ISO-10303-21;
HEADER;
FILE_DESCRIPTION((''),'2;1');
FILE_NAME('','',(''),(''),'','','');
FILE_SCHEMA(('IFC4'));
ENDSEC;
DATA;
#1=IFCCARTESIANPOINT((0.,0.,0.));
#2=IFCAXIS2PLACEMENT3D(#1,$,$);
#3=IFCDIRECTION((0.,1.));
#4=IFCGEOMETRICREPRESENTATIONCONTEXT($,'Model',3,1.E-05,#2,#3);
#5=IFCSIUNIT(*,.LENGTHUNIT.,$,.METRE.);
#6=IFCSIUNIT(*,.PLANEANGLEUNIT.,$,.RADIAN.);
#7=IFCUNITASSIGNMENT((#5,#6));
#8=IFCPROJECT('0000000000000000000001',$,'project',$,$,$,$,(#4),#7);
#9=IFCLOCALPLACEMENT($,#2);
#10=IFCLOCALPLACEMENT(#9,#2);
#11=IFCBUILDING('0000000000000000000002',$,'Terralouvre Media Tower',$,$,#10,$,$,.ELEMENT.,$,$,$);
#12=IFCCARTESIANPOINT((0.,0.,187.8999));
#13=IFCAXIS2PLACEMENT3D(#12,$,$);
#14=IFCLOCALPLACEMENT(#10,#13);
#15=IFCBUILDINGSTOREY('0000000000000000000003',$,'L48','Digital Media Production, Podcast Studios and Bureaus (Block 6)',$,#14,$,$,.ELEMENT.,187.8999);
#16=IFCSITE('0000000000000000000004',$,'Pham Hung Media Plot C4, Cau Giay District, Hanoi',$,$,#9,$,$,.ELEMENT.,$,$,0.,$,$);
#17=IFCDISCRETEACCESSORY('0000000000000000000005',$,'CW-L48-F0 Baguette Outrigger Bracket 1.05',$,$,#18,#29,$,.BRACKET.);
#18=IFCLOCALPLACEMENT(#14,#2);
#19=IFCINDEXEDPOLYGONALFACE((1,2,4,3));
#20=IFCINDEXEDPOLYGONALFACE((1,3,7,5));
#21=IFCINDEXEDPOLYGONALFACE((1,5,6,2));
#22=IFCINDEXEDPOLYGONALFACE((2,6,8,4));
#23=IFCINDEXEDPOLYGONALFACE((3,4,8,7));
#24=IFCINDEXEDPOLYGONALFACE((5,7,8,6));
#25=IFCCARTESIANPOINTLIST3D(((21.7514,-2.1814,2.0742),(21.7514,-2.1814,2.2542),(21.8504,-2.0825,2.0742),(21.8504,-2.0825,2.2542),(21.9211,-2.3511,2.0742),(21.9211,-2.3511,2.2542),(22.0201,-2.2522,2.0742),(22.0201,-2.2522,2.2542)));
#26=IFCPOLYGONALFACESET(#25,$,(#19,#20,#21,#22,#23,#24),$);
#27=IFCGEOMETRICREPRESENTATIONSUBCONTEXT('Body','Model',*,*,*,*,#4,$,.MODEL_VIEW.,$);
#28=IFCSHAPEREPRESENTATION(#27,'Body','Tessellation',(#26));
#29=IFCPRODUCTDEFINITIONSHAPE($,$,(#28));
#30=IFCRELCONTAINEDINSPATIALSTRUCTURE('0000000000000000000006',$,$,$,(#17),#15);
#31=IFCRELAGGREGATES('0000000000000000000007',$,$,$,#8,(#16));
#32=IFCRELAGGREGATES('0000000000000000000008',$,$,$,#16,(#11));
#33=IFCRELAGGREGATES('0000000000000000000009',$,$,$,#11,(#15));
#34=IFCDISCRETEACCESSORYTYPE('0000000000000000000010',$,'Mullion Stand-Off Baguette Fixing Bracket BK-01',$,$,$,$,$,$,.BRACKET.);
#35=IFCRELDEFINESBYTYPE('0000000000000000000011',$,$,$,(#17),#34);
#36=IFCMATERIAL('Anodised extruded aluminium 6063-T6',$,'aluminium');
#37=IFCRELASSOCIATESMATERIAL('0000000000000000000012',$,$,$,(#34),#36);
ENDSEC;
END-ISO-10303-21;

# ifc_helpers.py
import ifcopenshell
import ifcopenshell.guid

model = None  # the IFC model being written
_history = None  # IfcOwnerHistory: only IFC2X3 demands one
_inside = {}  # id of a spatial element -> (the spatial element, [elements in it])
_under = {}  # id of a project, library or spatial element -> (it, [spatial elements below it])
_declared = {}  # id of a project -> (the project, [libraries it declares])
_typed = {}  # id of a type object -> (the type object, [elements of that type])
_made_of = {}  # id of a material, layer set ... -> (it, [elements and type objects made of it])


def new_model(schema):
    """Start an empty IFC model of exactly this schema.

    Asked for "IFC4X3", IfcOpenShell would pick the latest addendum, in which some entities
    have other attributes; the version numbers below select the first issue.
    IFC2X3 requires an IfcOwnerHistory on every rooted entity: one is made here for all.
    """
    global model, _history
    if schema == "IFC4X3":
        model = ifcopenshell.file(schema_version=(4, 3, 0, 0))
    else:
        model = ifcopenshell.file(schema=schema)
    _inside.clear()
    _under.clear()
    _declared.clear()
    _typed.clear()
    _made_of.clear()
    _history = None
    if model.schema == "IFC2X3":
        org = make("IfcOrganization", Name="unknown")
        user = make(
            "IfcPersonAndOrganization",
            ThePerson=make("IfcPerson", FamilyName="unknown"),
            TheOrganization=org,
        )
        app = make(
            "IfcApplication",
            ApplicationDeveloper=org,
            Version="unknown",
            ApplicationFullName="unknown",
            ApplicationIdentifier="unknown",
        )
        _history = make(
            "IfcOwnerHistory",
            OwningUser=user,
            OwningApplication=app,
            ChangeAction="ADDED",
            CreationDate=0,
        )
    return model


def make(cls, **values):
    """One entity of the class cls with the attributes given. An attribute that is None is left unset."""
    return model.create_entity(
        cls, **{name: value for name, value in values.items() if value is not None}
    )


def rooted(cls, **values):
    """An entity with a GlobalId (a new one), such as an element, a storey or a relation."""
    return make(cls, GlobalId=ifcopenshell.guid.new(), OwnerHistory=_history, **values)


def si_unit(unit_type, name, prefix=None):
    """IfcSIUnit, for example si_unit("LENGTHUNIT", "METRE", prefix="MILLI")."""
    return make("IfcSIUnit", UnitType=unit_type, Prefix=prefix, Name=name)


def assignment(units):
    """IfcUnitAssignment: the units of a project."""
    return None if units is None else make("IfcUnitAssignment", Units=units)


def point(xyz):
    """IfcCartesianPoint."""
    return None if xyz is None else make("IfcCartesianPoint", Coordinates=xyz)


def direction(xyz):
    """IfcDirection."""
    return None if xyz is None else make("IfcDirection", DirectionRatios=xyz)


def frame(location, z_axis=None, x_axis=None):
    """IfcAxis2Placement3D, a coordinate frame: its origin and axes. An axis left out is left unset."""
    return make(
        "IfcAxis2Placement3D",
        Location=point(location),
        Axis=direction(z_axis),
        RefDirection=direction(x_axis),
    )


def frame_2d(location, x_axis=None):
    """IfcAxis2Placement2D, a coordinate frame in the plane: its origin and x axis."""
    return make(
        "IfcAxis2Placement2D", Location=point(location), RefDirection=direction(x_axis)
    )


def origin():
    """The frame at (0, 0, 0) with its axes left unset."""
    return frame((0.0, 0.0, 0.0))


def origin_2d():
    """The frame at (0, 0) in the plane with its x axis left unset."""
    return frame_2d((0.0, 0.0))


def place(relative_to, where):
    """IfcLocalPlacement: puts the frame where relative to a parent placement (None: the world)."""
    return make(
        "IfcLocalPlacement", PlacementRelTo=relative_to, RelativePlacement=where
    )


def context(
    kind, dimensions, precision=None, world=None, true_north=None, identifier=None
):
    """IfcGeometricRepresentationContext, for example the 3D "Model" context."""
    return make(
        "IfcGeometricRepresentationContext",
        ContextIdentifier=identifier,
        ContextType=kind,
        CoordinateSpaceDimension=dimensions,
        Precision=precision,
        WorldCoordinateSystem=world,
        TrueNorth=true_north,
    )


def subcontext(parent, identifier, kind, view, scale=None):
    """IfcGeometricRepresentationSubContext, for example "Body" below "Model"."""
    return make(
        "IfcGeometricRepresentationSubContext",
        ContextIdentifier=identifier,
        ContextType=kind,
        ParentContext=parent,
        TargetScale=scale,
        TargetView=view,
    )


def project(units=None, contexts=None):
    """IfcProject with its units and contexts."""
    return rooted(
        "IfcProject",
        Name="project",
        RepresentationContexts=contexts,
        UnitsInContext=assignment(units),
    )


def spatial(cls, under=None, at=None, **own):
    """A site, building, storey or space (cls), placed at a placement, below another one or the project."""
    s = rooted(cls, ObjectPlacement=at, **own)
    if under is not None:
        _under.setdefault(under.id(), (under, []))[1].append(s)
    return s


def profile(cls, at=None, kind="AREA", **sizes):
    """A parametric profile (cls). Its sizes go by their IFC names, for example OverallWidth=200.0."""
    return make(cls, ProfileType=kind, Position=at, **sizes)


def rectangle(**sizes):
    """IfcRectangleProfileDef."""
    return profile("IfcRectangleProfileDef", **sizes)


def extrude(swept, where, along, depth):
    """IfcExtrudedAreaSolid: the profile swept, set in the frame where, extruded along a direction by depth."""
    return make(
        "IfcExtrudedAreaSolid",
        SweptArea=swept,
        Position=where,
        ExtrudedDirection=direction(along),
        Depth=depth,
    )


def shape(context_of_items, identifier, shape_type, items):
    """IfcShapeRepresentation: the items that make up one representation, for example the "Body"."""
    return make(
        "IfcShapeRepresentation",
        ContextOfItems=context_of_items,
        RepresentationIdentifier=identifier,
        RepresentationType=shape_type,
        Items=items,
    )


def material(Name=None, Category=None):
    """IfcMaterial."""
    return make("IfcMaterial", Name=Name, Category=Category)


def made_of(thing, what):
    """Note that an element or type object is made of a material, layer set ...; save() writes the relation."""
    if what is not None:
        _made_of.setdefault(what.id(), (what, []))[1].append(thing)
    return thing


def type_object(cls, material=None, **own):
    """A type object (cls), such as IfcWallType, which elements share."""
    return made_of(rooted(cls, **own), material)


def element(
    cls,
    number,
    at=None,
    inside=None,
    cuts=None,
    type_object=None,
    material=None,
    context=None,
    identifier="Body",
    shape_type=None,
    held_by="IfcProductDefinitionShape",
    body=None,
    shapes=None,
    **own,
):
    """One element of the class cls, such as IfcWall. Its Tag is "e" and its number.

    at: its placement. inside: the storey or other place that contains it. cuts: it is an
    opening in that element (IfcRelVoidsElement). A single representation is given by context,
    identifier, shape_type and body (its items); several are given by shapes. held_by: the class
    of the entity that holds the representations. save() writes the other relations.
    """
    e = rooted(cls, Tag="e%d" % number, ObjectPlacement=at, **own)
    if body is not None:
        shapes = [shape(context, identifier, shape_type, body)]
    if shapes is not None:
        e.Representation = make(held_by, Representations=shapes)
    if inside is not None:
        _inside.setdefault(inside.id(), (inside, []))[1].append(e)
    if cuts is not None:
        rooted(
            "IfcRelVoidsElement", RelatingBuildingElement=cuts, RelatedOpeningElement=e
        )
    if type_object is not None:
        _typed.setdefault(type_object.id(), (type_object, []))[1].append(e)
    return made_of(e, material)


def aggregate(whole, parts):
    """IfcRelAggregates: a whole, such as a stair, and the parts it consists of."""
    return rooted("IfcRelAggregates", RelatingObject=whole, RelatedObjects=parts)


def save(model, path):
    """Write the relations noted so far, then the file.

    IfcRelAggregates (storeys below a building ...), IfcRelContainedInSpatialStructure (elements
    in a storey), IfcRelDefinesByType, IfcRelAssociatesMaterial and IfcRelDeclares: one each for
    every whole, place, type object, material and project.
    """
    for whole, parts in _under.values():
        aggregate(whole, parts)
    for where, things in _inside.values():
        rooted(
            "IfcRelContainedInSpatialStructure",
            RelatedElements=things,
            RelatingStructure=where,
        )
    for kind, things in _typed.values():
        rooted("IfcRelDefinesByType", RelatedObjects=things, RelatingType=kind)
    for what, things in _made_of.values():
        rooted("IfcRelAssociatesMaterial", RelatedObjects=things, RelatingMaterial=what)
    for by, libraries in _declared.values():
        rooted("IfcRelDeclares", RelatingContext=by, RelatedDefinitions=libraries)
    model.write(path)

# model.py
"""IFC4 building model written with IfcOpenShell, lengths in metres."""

from ifc_helpers import new_model, si_unit, direction, frame, origin, origin_2d, place, context, subcontext, project, spatial, rectangle, extrude, material, type_object, element, save


model = new_model("IFC4")

# Units and contexts
model_context = context("Model", 3, precision=1e-05, world=origin(), true_north=direction((0.0, 1.0)))
body_context = subcontext(model_context, "Body", "Model", "MODEL_VIEW")
ifc_project = project(units=[si_unit("LENGTHUNIT", "METRE"), si_unit("PLANEANGLEUNIT", "RADIAN")], contexts=[model_context])

# Site, building, storey
site_placement = place(None, origin())
site = spatial("IfcSite", under=ifc_project, at=site_placement, Name="Pham Hung Media Plot C4, Cau Giay District, Hanoi", CompositionType="ELEMENT", RefElevation=0.0)
building_placement = place(site_placement, origin())
building = spatial("IfcBuilding", under=site, at=building_placement, Name="Terralouvre Media Tower", CompositionType="ELEMENT")
storey_placement = place(building_placement, frame((0.0, 0.0, 187.8999)))
storey = spatial("IfcBuildingStorey", under=building, at=storey_placement, Name="L48", Description="Digital Media Production, Podcast Studios and Bureaus (Block 6)", CompositionType="ELEMENT", Elevation=187.8999)

# Discrete accessory
ifc_material_1 = material(Name="Anodised extruded aluminium 6063-T6", Category="aluminium")
discrete_accessory_type = type_object("IfcDiscreteAccessoryType", Name="Mullion Stand-Off Baguette Fixing Bracket BK-01", PredefinedType="BRACKET", material=ifc_material_1)
discrete_accessory_placement = place(storey_placement, frame((21.8857, -2.2168, 2.0742), z_axis=(0.0, 0.0, 1.0), x_axis=(0.707107, 0.707107, 0.0)))
element("IfcDiscreteAccessory", 1, at=discrete_accessory_placement, inside=storey, type_object=discrete_accessory_type, Name="CW-L48-F0 Baguette Outrigger Bracket 1.05", PredefinedType="BRACKET", context=body_context, shape_type="SweptSolid", body=[
    extrude(rectangle(XDim=0.1399, YDim=0.24, at=origin_2d()), origin(), (0.0, 0.0, 1.0), 0.1799),
])

save(model, "model.ifc")
